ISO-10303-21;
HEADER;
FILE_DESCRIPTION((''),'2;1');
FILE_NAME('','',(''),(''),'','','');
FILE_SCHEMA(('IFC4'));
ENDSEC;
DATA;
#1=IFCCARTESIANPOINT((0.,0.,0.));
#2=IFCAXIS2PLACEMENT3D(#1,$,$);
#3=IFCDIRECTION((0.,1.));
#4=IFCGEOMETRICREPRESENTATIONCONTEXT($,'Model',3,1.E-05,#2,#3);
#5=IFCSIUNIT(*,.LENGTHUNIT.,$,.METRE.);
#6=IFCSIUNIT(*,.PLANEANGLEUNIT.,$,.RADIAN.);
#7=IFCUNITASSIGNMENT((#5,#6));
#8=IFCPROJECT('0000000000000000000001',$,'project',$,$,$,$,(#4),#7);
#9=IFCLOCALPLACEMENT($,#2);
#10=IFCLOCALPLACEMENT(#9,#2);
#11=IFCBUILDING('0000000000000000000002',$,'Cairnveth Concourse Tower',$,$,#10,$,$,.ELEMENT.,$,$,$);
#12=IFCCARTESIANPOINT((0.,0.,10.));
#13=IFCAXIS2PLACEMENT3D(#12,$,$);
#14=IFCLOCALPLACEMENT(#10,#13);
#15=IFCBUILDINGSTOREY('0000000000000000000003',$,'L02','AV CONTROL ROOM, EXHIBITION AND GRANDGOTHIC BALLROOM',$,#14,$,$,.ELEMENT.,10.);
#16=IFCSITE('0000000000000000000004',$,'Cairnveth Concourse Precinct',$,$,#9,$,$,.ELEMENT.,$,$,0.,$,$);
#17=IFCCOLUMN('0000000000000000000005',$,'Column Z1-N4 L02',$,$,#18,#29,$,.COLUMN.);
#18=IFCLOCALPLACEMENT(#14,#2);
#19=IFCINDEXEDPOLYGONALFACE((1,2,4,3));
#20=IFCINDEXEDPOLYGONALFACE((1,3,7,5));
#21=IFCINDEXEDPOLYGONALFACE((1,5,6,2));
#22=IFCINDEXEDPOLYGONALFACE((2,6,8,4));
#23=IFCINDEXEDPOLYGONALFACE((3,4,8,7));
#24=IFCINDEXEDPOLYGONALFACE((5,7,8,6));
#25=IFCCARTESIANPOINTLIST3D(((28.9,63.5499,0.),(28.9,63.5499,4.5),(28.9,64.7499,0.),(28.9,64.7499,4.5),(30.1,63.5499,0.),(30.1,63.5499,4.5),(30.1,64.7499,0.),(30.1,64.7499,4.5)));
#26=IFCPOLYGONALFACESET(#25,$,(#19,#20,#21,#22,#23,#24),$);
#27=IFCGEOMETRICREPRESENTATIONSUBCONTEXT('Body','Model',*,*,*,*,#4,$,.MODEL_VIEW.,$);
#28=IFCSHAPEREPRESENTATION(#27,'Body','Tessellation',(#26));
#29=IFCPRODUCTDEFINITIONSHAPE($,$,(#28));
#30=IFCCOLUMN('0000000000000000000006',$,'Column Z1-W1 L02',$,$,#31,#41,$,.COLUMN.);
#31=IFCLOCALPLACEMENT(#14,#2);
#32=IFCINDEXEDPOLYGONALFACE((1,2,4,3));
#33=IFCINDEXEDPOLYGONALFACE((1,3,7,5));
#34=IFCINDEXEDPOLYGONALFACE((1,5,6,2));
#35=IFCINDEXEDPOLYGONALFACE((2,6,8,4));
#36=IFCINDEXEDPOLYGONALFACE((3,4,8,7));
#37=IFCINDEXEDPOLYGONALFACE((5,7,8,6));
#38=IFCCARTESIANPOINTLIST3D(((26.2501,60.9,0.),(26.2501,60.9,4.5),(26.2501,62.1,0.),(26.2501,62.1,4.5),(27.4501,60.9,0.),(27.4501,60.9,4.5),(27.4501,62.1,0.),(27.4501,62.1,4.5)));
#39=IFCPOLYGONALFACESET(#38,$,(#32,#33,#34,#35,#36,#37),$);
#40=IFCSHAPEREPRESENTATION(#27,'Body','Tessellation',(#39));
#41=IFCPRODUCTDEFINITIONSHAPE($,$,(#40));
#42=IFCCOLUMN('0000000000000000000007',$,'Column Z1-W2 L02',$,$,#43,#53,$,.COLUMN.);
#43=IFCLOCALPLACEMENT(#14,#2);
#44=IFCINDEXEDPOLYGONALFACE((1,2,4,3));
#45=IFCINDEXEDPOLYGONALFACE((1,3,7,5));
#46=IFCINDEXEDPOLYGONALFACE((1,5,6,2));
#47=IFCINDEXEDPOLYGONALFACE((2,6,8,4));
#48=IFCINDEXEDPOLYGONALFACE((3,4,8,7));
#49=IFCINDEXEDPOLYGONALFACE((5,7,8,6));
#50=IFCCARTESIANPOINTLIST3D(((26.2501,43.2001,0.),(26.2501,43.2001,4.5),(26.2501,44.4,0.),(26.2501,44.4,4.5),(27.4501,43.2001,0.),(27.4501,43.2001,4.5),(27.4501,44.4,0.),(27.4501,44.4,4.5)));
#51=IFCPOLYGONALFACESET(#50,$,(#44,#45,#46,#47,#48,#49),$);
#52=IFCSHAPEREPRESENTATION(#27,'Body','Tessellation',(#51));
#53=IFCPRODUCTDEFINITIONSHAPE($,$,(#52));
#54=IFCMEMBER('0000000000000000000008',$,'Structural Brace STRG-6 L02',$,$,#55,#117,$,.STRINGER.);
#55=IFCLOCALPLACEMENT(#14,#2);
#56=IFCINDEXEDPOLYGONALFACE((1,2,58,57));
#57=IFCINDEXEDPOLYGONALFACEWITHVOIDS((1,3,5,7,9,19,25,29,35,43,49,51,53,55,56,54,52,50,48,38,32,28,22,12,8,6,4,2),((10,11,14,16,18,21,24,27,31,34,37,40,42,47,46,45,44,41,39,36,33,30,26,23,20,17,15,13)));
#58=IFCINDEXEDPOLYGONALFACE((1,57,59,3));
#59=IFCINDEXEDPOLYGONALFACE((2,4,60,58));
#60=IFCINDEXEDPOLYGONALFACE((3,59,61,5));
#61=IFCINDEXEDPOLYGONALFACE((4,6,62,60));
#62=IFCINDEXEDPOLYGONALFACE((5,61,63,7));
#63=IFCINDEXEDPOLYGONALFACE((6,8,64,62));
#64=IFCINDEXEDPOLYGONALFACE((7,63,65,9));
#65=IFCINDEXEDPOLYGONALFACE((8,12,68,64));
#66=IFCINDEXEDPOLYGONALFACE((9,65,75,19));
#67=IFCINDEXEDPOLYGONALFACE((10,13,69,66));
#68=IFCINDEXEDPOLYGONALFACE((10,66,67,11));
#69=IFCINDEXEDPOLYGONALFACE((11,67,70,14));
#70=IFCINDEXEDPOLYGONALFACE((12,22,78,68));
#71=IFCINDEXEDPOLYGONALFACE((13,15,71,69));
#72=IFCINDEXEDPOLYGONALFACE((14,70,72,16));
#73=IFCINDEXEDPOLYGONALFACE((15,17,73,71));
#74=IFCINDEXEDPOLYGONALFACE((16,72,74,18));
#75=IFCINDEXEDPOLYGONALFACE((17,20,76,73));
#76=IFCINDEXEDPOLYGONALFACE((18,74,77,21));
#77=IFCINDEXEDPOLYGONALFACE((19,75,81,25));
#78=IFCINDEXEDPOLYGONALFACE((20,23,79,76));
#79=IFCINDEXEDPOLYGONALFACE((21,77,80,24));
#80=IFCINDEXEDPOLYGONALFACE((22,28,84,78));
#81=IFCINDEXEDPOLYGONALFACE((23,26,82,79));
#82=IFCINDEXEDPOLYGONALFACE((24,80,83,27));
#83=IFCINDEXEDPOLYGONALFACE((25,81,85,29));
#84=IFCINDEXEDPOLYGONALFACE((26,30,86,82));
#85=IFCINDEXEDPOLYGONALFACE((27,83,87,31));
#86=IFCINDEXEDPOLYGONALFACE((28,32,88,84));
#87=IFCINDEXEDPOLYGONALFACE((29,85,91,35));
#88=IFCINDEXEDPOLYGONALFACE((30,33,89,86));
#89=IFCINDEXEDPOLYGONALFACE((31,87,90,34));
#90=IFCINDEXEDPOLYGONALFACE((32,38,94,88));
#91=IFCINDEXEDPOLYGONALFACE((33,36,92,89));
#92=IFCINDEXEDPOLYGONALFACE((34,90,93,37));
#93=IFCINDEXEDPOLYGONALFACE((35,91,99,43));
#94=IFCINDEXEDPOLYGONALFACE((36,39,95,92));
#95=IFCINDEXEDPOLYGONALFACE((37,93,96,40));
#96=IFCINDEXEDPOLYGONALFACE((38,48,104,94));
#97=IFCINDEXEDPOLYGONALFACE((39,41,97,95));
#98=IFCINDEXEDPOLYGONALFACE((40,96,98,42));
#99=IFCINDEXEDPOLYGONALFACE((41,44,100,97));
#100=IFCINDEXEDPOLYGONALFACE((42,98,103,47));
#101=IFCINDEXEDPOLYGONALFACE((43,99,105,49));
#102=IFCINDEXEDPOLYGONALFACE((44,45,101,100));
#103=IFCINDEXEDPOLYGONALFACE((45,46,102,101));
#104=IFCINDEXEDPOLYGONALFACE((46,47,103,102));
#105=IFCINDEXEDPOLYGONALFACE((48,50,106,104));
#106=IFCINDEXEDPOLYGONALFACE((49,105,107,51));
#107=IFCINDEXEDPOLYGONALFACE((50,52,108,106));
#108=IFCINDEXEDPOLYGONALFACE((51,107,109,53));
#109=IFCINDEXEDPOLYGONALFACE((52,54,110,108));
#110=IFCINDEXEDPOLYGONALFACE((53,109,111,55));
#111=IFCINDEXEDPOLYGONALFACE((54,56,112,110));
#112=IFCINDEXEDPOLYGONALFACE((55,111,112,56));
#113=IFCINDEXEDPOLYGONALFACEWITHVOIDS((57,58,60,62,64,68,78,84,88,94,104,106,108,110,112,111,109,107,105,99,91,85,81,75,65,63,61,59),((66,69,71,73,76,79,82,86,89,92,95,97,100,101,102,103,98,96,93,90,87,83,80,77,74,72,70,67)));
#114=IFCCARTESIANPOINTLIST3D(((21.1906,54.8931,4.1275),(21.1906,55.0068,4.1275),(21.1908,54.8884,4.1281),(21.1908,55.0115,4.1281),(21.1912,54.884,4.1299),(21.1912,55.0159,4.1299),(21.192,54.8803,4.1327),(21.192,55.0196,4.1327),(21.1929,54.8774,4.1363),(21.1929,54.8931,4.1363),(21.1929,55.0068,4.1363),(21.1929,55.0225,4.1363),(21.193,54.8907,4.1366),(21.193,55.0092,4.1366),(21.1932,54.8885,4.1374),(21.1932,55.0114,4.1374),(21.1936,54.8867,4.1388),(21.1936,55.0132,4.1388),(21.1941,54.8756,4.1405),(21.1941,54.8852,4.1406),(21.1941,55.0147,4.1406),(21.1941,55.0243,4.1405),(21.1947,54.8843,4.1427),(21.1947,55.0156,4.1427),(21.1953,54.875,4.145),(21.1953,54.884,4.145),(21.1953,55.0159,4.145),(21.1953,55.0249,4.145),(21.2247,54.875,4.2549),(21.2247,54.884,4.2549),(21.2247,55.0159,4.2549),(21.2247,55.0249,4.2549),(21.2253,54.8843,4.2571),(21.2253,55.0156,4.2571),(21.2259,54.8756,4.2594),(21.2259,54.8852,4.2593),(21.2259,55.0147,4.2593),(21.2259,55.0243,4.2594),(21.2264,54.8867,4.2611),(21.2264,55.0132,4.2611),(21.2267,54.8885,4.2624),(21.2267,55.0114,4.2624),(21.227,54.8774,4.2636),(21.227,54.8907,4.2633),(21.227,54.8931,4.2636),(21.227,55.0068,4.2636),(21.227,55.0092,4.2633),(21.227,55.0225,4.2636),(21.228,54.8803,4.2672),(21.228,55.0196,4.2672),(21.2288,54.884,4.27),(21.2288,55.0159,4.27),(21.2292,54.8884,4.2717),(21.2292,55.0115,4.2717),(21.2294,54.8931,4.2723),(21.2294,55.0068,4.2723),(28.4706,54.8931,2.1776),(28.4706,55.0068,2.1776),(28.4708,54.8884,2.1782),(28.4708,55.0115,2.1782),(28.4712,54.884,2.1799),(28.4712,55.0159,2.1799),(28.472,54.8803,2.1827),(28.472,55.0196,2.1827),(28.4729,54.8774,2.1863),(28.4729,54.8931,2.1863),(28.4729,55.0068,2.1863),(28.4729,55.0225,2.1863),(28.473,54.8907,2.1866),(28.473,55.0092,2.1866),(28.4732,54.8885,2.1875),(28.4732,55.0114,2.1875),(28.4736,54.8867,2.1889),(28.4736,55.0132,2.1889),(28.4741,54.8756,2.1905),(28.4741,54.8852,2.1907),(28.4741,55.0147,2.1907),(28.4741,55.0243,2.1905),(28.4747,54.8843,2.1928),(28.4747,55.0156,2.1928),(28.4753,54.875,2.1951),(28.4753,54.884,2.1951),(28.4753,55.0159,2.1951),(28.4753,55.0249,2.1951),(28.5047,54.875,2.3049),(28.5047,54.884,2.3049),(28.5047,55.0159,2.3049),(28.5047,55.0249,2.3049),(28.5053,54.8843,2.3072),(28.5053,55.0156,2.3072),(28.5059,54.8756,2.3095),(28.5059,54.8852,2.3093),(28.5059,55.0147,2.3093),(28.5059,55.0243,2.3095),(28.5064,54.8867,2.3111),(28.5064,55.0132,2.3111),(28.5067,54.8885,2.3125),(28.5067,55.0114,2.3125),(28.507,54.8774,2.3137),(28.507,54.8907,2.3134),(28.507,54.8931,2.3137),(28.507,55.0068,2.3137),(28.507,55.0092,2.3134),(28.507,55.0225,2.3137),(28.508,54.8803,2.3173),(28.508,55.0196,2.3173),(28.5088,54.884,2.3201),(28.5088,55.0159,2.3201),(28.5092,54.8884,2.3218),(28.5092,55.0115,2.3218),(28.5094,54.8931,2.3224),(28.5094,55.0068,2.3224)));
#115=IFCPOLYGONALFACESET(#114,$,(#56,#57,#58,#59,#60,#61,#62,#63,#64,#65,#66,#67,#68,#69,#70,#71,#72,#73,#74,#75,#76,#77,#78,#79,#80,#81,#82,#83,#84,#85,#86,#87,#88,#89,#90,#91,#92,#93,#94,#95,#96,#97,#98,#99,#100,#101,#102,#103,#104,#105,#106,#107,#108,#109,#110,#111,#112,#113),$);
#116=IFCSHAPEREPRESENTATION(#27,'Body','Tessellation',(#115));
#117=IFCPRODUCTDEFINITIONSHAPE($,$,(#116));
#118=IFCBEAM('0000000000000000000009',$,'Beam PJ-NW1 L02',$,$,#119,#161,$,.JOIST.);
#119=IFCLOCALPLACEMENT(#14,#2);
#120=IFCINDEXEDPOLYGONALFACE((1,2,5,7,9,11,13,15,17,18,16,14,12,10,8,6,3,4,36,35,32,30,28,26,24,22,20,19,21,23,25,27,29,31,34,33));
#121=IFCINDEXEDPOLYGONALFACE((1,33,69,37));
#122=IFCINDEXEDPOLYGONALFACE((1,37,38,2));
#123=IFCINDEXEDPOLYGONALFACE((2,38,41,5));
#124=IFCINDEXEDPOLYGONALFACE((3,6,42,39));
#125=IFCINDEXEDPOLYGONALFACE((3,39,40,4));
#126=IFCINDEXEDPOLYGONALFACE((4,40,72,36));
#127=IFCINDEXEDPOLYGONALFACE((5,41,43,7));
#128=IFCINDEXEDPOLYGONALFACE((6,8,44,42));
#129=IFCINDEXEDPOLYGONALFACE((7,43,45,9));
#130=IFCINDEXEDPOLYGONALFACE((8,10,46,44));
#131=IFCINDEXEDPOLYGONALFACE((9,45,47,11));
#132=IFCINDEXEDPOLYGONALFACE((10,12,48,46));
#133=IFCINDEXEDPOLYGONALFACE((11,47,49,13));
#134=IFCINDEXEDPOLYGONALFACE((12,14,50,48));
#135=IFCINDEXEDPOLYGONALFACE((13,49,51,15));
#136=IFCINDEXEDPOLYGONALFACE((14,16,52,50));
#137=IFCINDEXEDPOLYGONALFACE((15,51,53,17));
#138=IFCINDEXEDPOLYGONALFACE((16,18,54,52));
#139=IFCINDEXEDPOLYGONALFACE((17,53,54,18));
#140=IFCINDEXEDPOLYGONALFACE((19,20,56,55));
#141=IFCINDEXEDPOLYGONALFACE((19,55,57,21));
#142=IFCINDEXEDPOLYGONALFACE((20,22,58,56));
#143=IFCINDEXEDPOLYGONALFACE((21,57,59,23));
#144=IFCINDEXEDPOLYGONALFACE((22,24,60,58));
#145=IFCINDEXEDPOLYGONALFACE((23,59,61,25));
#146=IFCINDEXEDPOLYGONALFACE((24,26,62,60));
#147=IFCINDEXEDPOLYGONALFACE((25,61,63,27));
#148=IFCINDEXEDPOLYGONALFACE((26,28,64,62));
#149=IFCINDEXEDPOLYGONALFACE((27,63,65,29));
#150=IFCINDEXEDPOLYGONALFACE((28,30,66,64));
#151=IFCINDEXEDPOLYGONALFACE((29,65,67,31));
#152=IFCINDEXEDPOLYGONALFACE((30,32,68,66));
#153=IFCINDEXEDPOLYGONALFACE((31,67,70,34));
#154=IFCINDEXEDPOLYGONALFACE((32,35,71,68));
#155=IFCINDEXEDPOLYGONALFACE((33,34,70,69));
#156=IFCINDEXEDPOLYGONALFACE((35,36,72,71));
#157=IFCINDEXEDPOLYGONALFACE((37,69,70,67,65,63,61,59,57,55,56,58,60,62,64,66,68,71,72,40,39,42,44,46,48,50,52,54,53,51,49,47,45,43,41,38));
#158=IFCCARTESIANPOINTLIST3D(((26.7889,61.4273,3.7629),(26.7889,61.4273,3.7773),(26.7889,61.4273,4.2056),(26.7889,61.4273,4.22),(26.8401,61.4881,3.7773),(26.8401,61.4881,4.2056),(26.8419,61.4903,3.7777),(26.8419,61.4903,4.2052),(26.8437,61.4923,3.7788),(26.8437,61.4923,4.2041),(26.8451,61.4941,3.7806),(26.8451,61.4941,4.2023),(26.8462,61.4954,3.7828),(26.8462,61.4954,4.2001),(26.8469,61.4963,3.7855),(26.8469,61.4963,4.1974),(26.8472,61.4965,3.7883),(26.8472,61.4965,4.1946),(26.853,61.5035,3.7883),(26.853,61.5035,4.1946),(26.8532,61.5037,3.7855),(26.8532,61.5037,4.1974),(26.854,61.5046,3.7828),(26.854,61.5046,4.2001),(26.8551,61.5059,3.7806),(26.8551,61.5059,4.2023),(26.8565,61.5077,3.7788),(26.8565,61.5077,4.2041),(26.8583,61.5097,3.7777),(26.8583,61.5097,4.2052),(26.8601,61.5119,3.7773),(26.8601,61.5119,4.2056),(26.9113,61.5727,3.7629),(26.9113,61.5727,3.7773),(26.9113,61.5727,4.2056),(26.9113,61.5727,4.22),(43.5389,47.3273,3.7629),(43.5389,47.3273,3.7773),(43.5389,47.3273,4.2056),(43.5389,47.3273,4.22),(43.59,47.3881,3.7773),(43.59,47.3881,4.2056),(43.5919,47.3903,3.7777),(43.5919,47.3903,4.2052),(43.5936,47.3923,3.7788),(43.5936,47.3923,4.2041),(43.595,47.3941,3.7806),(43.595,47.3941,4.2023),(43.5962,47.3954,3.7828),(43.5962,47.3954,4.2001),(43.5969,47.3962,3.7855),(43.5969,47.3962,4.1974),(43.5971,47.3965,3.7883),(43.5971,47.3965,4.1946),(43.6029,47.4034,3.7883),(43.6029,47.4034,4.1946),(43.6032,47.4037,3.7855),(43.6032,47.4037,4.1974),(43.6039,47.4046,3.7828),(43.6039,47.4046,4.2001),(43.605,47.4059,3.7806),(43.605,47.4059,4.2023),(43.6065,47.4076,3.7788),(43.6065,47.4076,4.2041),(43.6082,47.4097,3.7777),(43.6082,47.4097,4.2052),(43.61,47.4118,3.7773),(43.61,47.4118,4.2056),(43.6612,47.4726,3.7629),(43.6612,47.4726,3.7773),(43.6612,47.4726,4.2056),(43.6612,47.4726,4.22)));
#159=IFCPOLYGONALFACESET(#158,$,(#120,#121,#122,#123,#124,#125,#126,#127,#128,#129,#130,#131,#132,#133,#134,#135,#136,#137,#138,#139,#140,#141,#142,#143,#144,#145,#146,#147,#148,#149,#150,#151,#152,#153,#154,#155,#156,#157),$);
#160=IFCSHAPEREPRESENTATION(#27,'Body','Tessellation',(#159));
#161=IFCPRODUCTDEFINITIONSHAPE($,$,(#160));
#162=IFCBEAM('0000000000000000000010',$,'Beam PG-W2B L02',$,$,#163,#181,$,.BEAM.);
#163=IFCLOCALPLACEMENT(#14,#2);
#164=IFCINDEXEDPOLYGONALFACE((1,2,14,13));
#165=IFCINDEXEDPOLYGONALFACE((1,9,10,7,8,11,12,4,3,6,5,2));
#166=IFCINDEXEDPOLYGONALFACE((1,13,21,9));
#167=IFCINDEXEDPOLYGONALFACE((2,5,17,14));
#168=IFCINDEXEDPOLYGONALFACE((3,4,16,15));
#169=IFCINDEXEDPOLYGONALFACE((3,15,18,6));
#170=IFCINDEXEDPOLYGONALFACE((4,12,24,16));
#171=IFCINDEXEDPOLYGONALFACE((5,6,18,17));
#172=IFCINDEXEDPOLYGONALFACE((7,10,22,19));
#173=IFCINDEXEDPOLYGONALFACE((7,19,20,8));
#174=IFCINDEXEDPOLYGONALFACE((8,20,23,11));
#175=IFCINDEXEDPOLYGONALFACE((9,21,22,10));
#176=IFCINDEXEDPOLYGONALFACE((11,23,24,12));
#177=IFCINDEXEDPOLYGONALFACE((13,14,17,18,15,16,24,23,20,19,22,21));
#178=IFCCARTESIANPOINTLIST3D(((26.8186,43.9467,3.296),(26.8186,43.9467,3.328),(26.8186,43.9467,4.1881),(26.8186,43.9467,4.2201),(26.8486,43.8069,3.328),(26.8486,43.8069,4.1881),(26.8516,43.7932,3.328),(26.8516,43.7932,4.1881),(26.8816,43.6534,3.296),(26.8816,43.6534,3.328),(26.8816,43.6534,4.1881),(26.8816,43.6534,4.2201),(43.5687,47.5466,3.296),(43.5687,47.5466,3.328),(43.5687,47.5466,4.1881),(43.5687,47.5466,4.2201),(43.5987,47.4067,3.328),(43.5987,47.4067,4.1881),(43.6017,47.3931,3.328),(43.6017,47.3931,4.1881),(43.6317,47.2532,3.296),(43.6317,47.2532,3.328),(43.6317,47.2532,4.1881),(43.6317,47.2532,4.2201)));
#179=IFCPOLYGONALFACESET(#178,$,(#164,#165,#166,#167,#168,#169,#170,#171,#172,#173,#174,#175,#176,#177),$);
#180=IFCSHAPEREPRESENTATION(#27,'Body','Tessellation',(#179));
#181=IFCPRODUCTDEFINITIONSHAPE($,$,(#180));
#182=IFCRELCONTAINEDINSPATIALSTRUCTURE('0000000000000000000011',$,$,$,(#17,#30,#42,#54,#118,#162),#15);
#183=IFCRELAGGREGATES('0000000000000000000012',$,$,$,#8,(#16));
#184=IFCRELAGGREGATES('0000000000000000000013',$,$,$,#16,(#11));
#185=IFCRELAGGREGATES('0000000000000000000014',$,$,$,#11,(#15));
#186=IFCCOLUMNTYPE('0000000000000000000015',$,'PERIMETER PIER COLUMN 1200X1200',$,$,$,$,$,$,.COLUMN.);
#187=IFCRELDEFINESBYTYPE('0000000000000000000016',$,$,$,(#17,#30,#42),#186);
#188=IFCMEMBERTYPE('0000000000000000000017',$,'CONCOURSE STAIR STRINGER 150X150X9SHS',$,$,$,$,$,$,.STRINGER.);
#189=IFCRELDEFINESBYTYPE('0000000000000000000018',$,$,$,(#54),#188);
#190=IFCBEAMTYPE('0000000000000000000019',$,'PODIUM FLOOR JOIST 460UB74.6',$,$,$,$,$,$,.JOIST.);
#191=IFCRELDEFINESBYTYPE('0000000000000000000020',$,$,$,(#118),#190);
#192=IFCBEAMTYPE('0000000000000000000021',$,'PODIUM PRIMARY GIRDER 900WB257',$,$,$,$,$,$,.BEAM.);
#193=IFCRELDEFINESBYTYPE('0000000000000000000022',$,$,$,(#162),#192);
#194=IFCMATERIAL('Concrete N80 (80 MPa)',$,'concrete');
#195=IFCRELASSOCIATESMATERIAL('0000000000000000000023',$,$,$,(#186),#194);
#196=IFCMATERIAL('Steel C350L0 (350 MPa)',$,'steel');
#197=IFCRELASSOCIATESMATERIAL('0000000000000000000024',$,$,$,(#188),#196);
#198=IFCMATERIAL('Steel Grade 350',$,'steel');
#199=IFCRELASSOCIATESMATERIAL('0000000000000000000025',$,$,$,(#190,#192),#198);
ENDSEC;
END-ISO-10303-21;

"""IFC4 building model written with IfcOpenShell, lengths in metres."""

from ifc_helpers import new_model, si_unit, direction, frame, origin, origin_2d, place, context, subcontext, project, spatial, rectangle, hollow_rectangle, i_section, extrude, material, material_profile, profile_set, type_object, element, save


model = new_model("IFC4")

# Units and contexts
model_context = context("Model", 3, precision=1e-05, world=origin(), true_north=direction((0.0, 1.0)))
body_context = subcontext(model_context, "Body", "Model", "MODEL_VIEW")
ifc_project = project(units=[si_unit("LENGTHUNIT", "METRE"), si_unit("PLANEANGLEUNIT", "RADIAN")], contexts=[model_context])

# Site, building, storey
site_placement = place(None, origin())
site = spatial("IfcSite", under=ifc_project, at=site_placement, Name="Cairnveth Concourse Precinct", CompositionType="ELEMENT", RefElevation=0.0)
building_placement = place(site_placement, origin())
building = spatial("IfcBuilding", under=site, at=building_placement, Name="Cairnveth Concourse Tower", CompositionType="ELEMENT")
storey_placement = place(building_placement, frame((0.0, 0.0, 10.0)))
storey = spatial("IfcBuildingStorey", under=building, at=storey_placement, Name="L02", Description="AV CONTROL ROOM, EXHIBITION AND GRANDGOTHIC BALLROOM", CompositionType="ELEMENT", Elevation=10.0)

# Columns
ifc_material_1 = material(Name="Concrete N80 (80 MPa)", Category="concrete")
ifc_material_profile_1 = material_profile(ifc_material_1, rectangle(XDim=1.2, YDim=1.2, at=origin_2d()), Name="RC-COL-1200x1200")
ifc_profile_set_1 = profile_set([ifc_material_profile_1], Name="Concrete N80 (80 MPa)")
column_type = type_object("IfcColumnType", Name="PERIMETER PIER COLUMN 1200X1200", PredefinedType="COLUMN", material=ifc_profile_set_1)
for number, where, z_axis, x_axis, name in (
    (1, (29.5, 64.1499, 0.0), (0.0, 0.0, 1.0), (1.0, 0.0, 0.0), "Column Z1-N4 L02"),
    (2, (26.8501, 61.5, 0.0), (0.0, 0.0, 1.0), (1.0, 0.0, 0.0), "Column Z1-W1 L02"),
    (3, (26.8501, 43.8, 0.0), (0.0, 0.0, 1.0), (1.0, 0.0, 0.0), "Column Z1-W2 L02"),
):
    element("IfcColumn", number, at=place(storey_placement, frame(where, z_axis=z_axis, x_axis=x_axis)), inside=storey, type_object=column_type, Name=name, PredefinedType="COLUMN", context=body_context, shape_type="SweptSolid", body=[
        extrude(rectangle(XDim=1.2, YDim=1.2, at=origin_2d()), origin(), (0.0, 0.0, 1.0), 4.5),
    ])

# Member
ifc_material_2 = material(Name="Steel C350L0 (350 MPa)", Category="steel")
ifc_material_profile_2 = material_profile(ifc_material_2, hollow_rectangle(XDim=0.1499, YDim=0.1499, WallThickness=0.009, InnerFilletRadius=0.009, OuterFilletRadius=0.0181, at=origin_2d()), Name="150x150x9.0SHS")
ifc_profile_set_2 = profile_set([ifc_material_profile_2], Name="Steel C350L0 (350 MPa)")
member_type = type_object("IfcMemberType", Name="CONCOURSE STAIR STRINGER 150X150X9SHS", PredefinedType="STRINGER", material=ifc_profile_set_2)
member_placement = place(storey_placement, frame((28.49, 54.95, 2.25), z_axis=(-0.96595, 0.0, 0.258729), x_axis=(0.0, -1.0, 0.0)))
element("IfcMember", 4, at=member_placement, inside=storey, type_object=member_type, Name="Structural Brace STRG-6 L02", PredefinedType="STRINGER", context=body_context, shape_type="SweptSolid", body=[
    extrude(hollow_rectangle(XDim=0.1499, YDim=0.1499, WallThickness=0.009, InnerFilletRadius=0.009, OuterFilletRadius=0.0181, at=origin_2d()), origin(), (0.0, 0.0, 1.0), 7.5366),
])

# Beams
ifc_material_3 = material(Name="Steel Grade 350", Category="steel")
ifc_material_profile_3 = material_profile(ifc_material_3, i_section(OverallWidth=0.1899, OverallDepth=0.457, WebThickness=0.009, FlangeThickness=0.0144, FilletRadius=0.011, at=origin_2d()), Name="460UB74.6")
ifc_profile_set_3 = profile_set([ifc_material_profile_3], Name="Steel Grade 350")
beam_type_1 = type_object("IfcBeamType", Name="PODIUM FLOOR JOIST 460UB74.6", PredefinedType="JOIST", material=ifc_profile_set_3)
beam_1_placement = place(storey_placement, frame((26.8501, 61.5, 3.9915), z_axis=(0.765027, -0.643998, 0.0), x_axis=(0.643998, 0.765027, 0.0)))
element("IfcBeam", 5, at=beam_1_placement, inside=storey, type_object=beam_type_1, Name="Beam PJ-NW1 L02", PredefinedType="JOIST", context=body_context, shape_type="SweptSolid", body=[
    extrude(i_section(OverallWidth=0.1899, OverallDepth=0.457, WebThickness=0.009, FlangeThickness=0.0144, FilletRadius=0.011, at=origin_2d()), origin(), (0.0, 0.0, 1.0), 21.8945),
])
ifc_material_profile_4 = material_profile(ifc_material_3, i_section(OverallWidth=0.3, OverallDepth=0.9241, WebThickness=0.0139, FlangeThickness=0.032, at=origin_2d()), Name="900WB257")
ifc_profile_set_4 = profile_set([ifc_material_profile_4], Name="Steel Grade 350")
beam_type_2 = type_object("IfcBeamType", Name="PODIUM PRIMARY GIRDER 900WB257", PredefinedType="BEAM", material=ifc_profile_set_4)
beam_2_placement = place(storey_placement, frame((26.8501, 43.8, 3.7581), z_axis=(0.977676, 0.210119, 0.0), x_axis=(-0.210119, 0.977676, 0.0)))
element("IfcBeam", 6, at=beam_2_placement, inside=storey, type_object=beam_type_2, Name="Beam PG-W2B L02", PredefinedType="BEAM", context=body_context, shape_type="SweptSolid", body=[
    extrude(i_section(OverallWidth=0.3, OverallDepth=0.9241, WebThickness=0.0139, FlangeThickness=0.032, at=origin_2d()), origin(), (0.0, 0.0, 1.0), 17.1326),
])

save(model, "model.ifc")
